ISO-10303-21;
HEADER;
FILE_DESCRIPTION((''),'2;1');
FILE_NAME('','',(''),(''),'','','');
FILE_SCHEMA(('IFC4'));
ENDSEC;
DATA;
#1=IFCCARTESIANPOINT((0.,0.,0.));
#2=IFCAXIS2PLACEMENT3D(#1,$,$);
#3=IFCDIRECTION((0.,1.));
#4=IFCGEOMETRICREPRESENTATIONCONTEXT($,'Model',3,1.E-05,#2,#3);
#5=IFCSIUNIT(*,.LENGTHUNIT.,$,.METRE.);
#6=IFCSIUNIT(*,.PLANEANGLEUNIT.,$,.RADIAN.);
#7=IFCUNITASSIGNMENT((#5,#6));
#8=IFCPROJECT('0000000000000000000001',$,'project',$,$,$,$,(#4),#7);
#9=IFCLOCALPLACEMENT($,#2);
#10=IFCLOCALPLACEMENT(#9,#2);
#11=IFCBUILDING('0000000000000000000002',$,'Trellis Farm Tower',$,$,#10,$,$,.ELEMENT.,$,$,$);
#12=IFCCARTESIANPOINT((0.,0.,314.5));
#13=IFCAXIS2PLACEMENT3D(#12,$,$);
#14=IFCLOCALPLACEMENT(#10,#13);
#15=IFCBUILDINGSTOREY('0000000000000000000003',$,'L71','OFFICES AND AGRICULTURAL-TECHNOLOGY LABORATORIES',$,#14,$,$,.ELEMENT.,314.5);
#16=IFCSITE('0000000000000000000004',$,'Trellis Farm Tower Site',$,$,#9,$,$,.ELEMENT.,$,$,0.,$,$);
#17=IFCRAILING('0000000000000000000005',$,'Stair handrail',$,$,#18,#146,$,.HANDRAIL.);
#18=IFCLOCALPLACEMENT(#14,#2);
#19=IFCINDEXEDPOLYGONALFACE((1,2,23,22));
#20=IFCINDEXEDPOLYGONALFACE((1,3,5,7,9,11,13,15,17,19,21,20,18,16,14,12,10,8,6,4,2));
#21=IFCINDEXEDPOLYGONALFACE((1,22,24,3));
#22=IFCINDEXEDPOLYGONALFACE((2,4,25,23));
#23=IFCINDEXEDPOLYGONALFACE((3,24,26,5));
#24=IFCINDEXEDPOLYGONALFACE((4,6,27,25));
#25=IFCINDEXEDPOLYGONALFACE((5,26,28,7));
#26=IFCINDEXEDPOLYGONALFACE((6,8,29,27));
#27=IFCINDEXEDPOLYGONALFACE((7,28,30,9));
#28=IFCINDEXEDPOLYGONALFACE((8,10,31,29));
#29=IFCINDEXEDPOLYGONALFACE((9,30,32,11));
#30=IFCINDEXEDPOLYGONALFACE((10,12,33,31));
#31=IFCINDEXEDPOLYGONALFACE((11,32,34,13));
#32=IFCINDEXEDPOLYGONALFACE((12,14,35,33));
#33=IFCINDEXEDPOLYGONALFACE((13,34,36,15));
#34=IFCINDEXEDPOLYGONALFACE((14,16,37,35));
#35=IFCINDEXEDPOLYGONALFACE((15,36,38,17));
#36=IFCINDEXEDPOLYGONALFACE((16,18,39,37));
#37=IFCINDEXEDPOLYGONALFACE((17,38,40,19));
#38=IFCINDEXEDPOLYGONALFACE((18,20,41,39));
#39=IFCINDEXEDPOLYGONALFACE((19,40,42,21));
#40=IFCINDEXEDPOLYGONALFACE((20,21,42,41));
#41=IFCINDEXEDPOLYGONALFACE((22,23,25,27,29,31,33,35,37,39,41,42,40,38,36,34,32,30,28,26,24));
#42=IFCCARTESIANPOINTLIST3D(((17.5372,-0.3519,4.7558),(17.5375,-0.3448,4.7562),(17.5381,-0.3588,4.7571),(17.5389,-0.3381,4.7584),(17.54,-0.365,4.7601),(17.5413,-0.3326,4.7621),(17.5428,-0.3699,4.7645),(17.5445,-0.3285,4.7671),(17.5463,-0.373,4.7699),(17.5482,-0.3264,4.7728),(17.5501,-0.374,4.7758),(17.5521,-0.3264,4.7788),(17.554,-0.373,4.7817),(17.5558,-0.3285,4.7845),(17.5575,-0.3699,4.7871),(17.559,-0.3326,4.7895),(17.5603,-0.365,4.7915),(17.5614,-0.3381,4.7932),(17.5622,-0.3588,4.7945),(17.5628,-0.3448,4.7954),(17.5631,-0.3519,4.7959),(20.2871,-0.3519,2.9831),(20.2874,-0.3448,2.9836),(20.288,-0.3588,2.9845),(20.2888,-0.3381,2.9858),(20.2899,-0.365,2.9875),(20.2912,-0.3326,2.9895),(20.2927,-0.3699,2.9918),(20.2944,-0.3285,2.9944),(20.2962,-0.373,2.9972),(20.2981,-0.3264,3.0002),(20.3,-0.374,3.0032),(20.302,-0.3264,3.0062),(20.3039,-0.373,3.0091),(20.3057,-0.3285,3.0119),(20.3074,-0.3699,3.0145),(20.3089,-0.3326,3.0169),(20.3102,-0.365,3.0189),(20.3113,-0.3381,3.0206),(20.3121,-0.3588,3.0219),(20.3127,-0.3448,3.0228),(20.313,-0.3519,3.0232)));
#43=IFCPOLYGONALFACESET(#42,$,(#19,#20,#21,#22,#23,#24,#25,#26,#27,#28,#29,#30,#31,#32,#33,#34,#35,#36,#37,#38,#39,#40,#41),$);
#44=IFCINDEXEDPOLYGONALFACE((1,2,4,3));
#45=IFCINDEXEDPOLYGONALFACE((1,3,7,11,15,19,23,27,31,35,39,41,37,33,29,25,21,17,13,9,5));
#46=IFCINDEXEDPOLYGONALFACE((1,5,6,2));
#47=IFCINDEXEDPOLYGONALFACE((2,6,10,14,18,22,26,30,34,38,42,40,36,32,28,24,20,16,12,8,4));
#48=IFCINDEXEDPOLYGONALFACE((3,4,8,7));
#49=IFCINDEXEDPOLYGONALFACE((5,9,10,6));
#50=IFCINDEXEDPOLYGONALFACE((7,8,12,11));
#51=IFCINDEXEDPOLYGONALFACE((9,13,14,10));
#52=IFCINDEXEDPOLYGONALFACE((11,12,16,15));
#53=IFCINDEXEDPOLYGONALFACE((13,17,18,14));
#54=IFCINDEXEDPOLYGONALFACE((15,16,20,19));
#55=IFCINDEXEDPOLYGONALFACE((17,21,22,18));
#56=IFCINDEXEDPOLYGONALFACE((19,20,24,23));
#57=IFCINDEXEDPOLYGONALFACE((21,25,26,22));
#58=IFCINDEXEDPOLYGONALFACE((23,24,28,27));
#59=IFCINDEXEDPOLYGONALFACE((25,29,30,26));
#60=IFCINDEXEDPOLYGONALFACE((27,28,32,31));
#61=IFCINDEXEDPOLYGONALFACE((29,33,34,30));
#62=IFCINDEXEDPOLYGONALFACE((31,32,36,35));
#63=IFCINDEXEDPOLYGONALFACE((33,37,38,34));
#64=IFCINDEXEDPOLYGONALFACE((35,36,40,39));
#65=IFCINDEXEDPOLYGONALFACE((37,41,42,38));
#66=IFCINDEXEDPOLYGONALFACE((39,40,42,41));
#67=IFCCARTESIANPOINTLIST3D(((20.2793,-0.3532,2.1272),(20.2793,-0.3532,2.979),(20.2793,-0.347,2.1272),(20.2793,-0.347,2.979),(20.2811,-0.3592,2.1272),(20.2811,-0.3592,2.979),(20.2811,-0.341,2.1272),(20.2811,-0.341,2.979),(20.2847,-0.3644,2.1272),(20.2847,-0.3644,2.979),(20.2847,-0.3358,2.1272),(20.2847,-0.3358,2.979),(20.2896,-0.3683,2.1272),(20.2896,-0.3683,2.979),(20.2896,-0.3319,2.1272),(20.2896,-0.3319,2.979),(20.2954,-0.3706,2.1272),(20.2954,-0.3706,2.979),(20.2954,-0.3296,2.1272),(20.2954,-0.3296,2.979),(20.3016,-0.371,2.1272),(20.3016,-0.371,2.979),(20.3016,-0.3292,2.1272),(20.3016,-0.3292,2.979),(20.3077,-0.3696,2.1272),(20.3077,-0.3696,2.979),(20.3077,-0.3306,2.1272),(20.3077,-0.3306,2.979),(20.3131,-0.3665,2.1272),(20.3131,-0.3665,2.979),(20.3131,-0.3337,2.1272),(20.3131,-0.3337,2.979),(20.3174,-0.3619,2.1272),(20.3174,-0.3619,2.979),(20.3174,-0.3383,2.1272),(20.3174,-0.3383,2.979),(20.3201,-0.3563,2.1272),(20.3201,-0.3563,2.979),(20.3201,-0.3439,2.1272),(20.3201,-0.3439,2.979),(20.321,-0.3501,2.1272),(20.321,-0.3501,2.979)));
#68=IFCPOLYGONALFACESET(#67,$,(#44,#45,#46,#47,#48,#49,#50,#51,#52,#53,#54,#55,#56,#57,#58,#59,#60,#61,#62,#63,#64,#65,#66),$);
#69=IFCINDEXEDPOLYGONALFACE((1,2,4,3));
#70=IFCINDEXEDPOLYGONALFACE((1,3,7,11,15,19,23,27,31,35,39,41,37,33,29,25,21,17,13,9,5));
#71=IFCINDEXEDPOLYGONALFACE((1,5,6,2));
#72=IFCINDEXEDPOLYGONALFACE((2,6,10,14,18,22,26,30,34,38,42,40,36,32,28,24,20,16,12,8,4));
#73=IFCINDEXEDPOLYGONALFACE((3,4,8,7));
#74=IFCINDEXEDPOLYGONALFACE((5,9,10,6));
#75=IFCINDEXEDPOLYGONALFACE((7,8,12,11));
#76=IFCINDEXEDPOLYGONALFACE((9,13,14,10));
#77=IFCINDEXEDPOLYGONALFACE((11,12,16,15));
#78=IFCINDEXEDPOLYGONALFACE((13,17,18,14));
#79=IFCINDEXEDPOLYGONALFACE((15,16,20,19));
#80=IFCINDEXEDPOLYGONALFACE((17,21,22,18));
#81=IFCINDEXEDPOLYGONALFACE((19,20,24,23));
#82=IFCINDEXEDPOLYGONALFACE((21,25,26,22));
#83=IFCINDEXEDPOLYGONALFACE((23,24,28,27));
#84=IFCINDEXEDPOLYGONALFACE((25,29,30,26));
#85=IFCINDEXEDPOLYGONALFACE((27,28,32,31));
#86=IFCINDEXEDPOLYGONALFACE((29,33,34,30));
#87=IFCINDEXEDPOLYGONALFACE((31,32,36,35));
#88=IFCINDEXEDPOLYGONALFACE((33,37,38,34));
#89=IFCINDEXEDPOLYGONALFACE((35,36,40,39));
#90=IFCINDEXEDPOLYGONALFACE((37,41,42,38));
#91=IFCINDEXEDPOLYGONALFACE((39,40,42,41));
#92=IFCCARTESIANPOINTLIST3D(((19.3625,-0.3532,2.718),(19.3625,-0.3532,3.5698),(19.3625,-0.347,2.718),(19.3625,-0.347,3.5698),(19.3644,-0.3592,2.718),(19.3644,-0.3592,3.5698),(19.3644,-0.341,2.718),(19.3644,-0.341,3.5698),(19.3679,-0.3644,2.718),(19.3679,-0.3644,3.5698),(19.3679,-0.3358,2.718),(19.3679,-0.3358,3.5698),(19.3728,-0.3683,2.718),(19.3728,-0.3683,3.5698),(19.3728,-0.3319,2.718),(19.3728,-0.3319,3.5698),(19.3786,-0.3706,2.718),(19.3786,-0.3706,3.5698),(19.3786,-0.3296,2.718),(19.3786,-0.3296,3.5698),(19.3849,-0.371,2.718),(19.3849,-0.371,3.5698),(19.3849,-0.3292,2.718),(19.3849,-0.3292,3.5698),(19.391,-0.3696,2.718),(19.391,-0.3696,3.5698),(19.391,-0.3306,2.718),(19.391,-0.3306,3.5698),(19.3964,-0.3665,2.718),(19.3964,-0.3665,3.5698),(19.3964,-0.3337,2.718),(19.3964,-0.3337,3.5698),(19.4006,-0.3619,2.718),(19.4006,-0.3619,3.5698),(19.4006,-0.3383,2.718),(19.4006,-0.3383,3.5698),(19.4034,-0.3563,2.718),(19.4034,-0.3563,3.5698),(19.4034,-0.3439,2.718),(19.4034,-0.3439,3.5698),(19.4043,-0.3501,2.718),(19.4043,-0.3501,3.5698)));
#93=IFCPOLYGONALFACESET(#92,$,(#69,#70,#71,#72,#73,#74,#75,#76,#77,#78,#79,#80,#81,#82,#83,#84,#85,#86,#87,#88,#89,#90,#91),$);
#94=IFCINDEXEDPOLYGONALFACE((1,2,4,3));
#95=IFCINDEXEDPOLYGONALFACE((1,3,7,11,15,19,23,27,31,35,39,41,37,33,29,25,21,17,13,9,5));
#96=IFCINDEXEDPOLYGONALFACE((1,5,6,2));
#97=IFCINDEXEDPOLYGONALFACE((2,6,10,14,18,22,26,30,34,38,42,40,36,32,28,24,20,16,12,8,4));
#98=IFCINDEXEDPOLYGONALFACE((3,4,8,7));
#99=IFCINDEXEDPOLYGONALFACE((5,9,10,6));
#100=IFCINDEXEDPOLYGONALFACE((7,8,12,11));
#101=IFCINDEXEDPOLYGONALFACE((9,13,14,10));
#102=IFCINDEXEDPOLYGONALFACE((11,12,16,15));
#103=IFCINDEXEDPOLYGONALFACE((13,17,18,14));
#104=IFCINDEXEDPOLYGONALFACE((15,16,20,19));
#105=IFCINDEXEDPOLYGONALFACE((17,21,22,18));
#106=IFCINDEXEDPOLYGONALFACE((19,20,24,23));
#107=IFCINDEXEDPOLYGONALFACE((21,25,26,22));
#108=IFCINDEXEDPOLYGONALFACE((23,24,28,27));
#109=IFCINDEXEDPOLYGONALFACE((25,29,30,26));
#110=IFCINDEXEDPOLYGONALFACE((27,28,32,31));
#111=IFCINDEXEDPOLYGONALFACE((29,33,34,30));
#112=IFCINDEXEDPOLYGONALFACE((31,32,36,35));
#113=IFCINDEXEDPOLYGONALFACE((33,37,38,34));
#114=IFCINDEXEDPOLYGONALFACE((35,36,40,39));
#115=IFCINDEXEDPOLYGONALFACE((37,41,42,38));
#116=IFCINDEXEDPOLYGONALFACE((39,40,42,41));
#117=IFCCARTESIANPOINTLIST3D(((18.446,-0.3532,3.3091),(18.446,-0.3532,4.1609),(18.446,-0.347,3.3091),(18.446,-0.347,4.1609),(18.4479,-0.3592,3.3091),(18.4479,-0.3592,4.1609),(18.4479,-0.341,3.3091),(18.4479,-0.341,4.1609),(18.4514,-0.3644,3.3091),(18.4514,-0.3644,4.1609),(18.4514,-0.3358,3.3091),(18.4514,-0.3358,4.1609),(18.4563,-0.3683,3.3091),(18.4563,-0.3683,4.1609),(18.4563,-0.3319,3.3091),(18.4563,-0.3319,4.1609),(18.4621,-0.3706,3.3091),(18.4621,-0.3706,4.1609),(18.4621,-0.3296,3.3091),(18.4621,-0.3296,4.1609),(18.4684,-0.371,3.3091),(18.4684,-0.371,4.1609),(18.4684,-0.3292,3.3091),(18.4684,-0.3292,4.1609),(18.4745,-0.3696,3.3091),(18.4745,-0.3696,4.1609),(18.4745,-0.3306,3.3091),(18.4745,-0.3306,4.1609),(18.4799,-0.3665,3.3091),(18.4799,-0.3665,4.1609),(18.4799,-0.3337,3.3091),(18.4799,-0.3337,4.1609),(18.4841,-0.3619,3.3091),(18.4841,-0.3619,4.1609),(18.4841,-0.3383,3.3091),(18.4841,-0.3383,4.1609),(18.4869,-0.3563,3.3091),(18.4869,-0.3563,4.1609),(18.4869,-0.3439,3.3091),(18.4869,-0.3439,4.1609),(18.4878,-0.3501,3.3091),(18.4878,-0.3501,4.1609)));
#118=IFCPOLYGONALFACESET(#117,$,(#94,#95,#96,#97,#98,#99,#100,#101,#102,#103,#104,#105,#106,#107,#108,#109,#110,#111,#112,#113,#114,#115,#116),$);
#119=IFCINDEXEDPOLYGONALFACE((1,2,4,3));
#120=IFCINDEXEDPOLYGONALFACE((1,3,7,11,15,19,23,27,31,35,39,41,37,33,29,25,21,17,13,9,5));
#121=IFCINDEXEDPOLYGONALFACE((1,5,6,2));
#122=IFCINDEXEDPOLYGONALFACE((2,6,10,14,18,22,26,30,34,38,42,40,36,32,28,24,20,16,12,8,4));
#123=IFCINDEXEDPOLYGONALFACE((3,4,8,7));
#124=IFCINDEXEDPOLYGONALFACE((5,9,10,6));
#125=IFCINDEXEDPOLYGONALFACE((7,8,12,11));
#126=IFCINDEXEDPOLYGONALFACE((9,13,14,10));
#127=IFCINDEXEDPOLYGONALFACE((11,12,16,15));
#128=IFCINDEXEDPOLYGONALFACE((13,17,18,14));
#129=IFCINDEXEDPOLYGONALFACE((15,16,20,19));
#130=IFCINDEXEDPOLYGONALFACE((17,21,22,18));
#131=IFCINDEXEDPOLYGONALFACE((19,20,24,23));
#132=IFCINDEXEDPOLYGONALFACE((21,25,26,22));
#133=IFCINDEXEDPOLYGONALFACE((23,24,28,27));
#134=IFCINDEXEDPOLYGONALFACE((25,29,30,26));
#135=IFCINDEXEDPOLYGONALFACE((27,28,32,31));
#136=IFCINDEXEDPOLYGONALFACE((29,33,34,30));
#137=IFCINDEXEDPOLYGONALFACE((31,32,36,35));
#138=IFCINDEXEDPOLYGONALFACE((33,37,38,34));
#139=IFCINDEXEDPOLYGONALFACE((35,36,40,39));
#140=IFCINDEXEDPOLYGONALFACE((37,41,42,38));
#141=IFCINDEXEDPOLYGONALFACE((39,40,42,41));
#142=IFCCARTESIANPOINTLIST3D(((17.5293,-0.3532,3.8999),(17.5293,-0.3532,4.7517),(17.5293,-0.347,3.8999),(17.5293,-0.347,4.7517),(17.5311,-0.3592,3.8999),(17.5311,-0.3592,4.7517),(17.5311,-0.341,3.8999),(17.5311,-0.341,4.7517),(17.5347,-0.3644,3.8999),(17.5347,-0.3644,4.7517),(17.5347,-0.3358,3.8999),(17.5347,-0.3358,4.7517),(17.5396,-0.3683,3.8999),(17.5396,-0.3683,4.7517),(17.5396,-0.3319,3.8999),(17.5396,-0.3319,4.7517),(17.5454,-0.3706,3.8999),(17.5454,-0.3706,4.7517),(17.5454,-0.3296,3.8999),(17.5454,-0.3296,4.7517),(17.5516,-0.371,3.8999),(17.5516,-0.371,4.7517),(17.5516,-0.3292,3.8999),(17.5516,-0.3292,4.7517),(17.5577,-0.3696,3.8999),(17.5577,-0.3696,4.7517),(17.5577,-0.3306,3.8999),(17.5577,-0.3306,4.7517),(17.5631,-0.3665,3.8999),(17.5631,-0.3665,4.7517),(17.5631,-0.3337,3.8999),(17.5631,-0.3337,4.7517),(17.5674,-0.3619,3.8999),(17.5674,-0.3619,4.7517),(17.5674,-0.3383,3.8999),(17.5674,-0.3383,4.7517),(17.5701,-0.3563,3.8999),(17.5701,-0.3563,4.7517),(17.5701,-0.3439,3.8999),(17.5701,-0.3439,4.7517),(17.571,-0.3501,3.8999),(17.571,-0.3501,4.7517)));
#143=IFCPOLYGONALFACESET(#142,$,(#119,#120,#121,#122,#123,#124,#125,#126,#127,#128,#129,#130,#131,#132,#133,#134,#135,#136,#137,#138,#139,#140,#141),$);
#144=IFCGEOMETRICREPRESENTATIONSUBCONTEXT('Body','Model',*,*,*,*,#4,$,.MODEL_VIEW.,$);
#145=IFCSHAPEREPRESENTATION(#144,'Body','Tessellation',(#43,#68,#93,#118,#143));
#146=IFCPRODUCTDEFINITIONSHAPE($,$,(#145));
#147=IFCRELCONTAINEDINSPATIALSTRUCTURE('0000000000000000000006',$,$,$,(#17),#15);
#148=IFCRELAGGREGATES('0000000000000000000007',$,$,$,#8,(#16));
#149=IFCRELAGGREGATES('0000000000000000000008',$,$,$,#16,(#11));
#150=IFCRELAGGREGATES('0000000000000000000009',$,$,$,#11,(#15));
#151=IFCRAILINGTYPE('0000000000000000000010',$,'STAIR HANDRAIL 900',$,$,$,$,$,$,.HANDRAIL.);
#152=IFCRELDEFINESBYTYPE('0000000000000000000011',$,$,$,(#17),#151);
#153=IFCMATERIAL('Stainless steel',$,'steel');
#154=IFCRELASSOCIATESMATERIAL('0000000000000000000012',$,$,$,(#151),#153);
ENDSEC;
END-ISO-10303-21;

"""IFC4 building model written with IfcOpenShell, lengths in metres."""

from ifc_helpers import new_model, si_unit, direction, frame, origin, origin_2d, place, context, subcontext, project, spatial, circle, extrude, source, transform, mapped, material, type_object, element, save


model = new_model("IFC4")

# Units and contexts
model_context = context("Model", 3, precision=1e-05, world=origin(), true_north=direction((0.0, 1.0)))
body_context = subcontext(model_context, "Body", "Model", "MODEL_VIEW")
ifc_project = project(units=[si_unit("LENGTHUNIT", "METRE"), si_unit("PLANEANGLEUNIT", "RADIAN")], contexts=[model_context])

# Site, building, storey
site_placement = place(None, origin())
site = spatial("IfcSite", under=ifc_project, at=site_placement, Name="Trellis Farm Tower Site", CompositionType="ELEMENT", RefElevation=0.0)
building_placement = place(site_placement, origin())
building = spatial("IfcBuilding", under=site, at=building_placement, Name="Trellis Farm Tower", CompositionType="ELEMENT")
storey_placement = place(building_placement, frame((0.0, 0.0, 314.5)))
storey = spatial("IfcBuildingStorey", under=building, at=storey_placement, Name="L71", Description="OFFICES AND AGRICULTURAL-TECHNOLOGY LABORATORIES", CompositionType="ELEMENT", Elevation=314.5)

# Railing
ifc_material_1 = material(Name="Stainless steel", Category="steel")
railing_type = type_object("IfcRailingType", Name="STAIR HANDRAIL 900", PredefinedType="HANDRAIL", material=ifc_material_1)
shared_shape_1 = source(origin(), body_context, "Body", "SweptSolid", [
    extrude(circle(Radius=0.0239, at=origin_2d()), frame((0.0, 0.0, 0.876), z_axis=(-0.840504, 0.0, 0.541806), x_axis=(0.0, -1.0, 0.0)), (0.0, 0.0, 1.0), 3.2717),
    extrude(circle(Radius=0.021, at=origin_2d()), origin(), (0.0, 0.0, 1.0), 0.8518),
    extrude(circle(Radius=0.021, at=origin_2d()), frame((-0.9167, 0.0, 0.5908)), (0.0, 0.0, 1.0), 0.8518),
    extrude(circle(Radius=0.021, at=origin_2d()), frame((-1.8333, 0.0, 1.1819)), (0.0, 0.0, 1.0), 0.8518),
    extrude(circle(Radius=0.021, at=origin_2d()), frame((-2.75, 0.0, 1.7727)), (0.0, 0.0, 1.0), 0.8518),
])
for number, where, name in (
    (1, (20.3, -0.3501, 2.1272), "Stair handrail"),
):
    element("IfcRailing", number, at=place(storey_placement, frame(where)), inside=storey, type_object=railing_type, Name=name, PredefinedType="HANDRAIL", context=body_context, shape_type="MappedRepresentation", body=[
        mapped(shared_shape_1, transform((0.0, 0.0, 0.0))),
    ])

save(model, "model.ifc")
